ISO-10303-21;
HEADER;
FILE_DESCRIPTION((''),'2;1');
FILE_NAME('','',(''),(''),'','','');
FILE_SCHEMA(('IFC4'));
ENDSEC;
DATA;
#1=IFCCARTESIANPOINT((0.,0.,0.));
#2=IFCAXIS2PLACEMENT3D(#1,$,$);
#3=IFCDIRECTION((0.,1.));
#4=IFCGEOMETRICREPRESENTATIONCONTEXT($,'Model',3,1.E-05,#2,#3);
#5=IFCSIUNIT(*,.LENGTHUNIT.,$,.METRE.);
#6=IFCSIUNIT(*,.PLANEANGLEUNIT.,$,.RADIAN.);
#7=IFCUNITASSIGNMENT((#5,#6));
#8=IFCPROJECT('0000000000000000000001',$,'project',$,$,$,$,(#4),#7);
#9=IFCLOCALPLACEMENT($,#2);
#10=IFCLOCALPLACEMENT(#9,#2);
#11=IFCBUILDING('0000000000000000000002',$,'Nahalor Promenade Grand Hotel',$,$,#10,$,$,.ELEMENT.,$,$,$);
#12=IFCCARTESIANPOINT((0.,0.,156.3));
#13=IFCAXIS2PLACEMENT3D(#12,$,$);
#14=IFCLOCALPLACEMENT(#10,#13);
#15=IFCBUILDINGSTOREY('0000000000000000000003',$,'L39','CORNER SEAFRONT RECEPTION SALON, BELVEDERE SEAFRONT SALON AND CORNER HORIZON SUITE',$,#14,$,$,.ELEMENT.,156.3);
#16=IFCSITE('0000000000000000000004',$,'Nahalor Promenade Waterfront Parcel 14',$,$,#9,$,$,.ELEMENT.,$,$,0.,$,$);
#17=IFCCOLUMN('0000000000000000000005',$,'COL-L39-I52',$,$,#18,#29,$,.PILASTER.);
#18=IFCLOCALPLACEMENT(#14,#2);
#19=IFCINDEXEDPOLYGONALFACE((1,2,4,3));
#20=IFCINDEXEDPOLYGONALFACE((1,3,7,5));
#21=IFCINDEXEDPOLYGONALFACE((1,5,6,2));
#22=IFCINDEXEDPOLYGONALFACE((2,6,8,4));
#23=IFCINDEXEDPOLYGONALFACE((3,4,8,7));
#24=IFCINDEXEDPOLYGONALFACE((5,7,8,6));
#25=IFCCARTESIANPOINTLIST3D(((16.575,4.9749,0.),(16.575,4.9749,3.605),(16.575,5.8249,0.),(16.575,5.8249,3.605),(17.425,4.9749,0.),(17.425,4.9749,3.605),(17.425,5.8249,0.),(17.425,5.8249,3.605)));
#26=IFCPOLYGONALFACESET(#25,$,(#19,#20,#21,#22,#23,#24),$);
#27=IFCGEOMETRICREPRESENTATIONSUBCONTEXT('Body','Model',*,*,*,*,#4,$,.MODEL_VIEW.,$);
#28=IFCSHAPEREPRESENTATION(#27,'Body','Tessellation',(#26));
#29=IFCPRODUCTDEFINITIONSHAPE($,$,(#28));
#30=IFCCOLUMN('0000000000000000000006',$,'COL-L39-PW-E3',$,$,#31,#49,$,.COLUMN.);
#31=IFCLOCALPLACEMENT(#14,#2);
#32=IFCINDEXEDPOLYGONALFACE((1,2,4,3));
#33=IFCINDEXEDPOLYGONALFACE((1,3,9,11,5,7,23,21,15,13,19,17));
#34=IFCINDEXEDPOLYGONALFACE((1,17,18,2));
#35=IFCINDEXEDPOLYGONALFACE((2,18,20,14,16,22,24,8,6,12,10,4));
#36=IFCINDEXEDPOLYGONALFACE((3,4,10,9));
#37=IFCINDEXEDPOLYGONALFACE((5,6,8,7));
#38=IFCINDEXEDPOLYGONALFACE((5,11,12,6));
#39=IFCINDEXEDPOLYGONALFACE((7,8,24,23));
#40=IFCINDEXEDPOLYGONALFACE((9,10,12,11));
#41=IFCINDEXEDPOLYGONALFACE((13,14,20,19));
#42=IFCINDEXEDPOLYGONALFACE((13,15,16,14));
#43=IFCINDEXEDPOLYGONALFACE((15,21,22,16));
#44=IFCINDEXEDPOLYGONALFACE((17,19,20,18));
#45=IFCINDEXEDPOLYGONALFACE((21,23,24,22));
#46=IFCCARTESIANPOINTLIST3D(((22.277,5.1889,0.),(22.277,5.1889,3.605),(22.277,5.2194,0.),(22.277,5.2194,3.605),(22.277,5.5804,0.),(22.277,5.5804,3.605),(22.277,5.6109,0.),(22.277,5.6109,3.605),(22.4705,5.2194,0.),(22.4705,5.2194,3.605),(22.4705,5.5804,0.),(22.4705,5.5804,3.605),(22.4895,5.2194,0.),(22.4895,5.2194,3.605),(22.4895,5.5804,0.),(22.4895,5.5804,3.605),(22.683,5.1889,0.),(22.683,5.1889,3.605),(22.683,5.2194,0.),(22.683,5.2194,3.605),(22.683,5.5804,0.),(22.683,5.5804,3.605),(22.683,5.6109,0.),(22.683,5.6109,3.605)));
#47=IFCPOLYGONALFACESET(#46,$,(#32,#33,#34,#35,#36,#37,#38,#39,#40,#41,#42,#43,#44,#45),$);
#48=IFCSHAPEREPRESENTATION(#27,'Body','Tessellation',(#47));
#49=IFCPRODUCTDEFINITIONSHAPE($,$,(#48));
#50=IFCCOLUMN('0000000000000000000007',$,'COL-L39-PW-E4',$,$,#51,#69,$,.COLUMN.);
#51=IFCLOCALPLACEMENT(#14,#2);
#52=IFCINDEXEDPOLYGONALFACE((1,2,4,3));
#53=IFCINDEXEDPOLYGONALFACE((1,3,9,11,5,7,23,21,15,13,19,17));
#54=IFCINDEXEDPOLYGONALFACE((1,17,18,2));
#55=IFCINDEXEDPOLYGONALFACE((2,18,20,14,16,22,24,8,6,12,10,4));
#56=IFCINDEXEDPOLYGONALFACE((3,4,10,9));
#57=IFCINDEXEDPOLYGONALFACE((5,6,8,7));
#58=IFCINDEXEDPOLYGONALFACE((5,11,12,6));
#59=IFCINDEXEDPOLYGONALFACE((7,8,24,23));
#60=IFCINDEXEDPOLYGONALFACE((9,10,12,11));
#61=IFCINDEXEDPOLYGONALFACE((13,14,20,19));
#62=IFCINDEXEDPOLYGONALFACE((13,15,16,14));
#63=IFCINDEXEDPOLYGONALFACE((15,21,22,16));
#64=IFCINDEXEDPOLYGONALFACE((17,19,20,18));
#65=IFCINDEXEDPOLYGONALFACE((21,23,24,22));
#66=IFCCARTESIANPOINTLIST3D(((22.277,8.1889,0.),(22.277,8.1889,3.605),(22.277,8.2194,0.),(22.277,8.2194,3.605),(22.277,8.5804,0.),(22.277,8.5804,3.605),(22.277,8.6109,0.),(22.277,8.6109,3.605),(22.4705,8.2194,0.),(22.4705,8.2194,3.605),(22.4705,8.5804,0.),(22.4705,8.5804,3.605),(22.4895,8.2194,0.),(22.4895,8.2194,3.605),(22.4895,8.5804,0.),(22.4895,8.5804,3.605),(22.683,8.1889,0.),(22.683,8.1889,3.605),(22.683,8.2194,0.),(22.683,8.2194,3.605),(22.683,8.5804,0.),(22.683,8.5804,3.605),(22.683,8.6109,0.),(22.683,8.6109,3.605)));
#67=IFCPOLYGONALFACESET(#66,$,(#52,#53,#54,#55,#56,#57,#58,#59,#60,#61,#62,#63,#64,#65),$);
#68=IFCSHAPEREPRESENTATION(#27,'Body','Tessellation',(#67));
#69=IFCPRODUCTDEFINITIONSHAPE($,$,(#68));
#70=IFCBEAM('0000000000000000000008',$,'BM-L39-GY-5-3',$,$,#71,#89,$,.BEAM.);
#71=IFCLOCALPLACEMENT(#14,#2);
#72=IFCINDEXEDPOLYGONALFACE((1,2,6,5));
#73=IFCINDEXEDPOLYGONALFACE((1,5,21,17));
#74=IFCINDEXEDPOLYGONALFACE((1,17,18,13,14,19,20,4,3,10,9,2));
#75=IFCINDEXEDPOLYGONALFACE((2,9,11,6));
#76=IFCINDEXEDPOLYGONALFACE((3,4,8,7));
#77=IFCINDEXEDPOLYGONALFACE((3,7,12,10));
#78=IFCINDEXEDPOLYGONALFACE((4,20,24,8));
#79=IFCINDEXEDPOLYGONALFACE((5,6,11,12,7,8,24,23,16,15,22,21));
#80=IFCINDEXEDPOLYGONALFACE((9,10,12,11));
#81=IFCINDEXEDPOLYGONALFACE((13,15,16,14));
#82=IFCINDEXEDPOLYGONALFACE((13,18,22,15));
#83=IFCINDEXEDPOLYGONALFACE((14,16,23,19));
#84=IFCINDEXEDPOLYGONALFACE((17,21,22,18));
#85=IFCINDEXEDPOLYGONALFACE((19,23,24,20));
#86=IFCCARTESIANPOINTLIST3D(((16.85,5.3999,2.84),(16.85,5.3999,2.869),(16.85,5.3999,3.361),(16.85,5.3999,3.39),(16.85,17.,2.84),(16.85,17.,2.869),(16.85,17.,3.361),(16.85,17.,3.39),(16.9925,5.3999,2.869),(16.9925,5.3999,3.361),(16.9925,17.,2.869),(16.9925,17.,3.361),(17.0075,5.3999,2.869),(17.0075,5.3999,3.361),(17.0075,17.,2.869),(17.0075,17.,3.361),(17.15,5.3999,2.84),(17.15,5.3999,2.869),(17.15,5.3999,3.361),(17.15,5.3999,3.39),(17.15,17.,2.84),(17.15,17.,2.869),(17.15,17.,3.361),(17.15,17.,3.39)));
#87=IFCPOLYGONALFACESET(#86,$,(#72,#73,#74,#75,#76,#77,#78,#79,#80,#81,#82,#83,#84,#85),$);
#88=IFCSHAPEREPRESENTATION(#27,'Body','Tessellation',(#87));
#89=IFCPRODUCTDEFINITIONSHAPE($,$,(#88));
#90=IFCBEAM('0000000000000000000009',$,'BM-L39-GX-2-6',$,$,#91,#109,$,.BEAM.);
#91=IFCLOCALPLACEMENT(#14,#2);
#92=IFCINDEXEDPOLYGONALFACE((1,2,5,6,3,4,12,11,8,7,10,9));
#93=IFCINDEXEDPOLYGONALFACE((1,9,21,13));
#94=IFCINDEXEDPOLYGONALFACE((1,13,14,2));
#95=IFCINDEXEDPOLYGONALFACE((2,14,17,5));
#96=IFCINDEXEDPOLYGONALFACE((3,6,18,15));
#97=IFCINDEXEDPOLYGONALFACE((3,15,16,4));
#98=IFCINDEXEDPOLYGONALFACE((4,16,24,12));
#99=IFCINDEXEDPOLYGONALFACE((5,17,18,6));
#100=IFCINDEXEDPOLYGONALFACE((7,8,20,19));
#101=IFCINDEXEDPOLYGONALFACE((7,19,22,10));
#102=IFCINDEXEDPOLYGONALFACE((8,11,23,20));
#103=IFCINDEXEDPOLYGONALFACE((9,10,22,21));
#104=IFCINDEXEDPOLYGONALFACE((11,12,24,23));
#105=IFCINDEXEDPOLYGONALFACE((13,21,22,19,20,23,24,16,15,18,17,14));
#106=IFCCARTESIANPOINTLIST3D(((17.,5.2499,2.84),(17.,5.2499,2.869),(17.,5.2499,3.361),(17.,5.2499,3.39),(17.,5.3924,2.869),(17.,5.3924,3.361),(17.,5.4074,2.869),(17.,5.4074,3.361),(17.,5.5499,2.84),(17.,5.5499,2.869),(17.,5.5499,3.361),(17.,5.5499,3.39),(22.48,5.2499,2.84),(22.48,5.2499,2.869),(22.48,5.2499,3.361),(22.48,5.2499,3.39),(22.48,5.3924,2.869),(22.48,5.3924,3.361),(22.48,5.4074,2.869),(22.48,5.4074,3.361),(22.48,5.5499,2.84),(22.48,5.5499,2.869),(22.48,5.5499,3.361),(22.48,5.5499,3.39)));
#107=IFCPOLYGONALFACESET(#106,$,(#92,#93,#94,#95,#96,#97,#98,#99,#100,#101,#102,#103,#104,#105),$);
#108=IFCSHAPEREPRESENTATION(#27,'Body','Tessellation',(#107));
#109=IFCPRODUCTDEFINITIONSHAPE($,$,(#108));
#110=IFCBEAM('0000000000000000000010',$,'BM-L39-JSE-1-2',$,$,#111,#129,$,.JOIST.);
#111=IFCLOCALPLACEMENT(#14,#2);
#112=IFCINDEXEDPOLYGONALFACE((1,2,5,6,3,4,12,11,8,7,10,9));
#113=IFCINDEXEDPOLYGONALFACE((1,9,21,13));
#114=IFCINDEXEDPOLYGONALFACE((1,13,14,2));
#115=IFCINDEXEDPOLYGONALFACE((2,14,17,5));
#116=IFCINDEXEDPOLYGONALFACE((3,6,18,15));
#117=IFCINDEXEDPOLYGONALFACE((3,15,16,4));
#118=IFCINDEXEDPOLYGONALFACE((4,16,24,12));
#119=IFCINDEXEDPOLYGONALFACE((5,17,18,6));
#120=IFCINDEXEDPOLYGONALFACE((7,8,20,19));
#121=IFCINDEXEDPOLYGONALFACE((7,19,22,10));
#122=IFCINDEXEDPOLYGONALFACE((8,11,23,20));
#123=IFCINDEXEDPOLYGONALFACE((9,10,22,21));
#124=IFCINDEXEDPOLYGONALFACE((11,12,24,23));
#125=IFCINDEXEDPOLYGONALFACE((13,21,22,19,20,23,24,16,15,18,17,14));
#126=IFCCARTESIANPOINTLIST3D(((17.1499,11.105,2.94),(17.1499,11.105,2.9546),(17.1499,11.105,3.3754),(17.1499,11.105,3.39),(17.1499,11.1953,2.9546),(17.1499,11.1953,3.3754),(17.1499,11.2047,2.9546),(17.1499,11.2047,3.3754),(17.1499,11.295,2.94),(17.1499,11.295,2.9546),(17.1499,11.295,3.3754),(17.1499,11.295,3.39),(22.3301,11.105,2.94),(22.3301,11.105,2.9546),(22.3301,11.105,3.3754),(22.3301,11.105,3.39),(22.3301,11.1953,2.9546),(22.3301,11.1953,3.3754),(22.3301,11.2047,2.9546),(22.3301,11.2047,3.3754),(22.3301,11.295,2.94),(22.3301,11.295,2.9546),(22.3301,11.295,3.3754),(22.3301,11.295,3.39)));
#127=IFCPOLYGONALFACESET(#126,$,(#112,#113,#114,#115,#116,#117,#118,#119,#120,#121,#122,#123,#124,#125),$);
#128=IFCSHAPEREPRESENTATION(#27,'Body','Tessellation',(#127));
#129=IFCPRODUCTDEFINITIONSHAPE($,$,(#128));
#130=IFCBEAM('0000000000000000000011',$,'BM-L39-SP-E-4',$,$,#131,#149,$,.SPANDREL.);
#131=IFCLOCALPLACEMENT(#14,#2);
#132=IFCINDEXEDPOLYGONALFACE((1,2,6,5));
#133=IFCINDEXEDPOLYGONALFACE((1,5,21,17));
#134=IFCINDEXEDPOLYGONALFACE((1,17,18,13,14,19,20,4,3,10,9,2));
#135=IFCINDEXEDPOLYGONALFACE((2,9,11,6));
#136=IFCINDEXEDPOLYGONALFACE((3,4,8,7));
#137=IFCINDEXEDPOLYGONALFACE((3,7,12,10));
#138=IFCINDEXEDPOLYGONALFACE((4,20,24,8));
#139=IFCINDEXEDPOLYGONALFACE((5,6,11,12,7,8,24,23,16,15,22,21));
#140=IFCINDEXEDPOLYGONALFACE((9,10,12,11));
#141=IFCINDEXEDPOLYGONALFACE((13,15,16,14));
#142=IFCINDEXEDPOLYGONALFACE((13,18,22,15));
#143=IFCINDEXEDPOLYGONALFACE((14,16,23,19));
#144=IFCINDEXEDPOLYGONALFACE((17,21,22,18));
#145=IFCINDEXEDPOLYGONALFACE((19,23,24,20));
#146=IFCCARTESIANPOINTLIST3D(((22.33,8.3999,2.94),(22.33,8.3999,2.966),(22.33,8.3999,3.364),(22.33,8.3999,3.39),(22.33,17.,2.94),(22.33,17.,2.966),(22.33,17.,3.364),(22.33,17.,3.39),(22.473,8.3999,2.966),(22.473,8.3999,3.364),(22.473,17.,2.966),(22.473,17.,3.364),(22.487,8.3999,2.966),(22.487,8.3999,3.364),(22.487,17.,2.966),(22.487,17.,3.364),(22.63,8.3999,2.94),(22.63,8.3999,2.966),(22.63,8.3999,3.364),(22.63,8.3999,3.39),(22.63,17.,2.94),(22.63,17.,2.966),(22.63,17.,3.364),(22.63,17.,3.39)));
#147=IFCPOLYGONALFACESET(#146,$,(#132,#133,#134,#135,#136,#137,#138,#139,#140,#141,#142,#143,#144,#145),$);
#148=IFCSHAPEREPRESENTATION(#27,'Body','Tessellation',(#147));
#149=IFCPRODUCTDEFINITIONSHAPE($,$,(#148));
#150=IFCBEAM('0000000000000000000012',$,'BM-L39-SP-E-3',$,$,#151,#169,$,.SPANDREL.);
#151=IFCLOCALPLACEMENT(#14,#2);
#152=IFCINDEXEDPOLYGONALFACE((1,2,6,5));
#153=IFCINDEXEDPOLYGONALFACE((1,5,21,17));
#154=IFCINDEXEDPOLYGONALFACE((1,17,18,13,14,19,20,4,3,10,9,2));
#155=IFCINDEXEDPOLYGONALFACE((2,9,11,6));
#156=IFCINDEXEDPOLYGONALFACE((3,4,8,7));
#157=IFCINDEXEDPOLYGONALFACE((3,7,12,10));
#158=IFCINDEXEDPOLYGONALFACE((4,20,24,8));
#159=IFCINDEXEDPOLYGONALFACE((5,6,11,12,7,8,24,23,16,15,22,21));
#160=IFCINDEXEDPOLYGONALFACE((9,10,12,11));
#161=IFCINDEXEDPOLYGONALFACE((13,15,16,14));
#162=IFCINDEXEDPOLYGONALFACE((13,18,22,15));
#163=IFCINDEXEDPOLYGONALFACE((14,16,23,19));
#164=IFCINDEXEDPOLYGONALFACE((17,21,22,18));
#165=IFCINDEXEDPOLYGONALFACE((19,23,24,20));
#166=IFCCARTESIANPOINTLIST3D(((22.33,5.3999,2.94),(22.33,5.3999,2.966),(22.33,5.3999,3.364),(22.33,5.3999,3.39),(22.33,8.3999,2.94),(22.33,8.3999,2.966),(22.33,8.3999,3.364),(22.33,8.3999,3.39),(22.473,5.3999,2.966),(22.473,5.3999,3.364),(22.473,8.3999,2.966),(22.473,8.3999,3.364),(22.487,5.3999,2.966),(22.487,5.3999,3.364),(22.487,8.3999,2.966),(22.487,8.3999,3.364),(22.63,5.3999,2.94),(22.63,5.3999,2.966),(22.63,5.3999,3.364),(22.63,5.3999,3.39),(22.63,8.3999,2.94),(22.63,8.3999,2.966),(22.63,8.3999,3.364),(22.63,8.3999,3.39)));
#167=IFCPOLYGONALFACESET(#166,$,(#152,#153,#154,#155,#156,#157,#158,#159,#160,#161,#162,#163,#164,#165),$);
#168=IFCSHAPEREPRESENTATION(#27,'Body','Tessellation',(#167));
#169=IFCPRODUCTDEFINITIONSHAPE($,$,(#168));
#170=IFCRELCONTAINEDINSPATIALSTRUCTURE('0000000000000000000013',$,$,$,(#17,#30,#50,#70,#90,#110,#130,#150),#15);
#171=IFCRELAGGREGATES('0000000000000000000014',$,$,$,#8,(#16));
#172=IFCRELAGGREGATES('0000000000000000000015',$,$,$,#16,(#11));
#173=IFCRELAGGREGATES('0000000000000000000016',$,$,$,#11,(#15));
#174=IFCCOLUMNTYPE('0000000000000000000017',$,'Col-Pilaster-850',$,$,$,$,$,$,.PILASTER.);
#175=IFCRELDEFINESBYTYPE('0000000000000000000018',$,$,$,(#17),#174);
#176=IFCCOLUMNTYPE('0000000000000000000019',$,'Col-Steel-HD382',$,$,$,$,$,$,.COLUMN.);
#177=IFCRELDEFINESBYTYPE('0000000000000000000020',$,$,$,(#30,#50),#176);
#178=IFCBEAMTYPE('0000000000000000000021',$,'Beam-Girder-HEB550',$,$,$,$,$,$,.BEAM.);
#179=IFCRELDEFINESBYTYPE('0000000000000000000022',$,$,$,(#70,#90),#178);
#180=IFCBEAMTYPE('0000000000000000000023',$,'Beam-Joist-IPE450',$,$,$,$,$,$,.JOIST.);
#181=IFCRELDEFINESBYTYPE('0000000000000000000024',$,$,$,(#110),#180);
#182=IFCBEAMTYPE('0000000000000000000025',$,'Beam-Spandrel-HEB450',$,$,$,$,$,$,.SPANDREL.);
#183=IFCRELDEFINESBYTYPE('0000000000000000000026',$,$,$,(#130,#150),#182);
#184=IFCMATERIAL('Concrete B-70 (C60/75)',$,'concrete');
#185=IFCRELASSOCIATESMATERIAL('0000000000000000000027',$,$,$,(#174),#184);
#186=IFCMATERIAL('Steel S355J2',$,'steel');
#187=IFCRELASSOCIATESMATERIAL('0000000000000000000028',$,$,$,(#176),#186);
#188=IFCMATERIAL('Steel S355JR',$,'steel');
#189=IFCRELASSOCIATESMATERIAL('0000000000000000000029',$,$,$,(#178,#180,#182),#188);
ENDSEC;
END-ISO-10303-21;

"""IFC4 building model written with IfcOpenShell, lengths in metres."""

from ifc_helpers import new_model, si_unit, direction, frame, origin, origin_2d, place, context, subcontext, project, spatial, rectangle, i_section, extrude, source, transform, mapped, material, material_profile, profile_set, type_object, element, save


model = new_model("IFC4")

# Units and contexts
model_context = context("Model", 3, precision=1e-05, world=origin(), true_north=direction((0.0, 1.0)))
body_context = subcontext(model_context, "Body", "Model", "MODEL_VIEW")
ifc_project = project(units=[si_unit("LENGTHUNIT", "METRE"), si_unit("PLANEANGLEUNIT", "RADIAN")], contexts=[model_context])

# Site, building, storey
site_placement = place(None, origin())
site = spatial("IfcSite", under=ifc_project, at=site_placement, Name="Nahalor Promenade Waterfront Parcel 14", CompositionType="ELEMENT", RefElevation=0.0)
building_placement = place(site_placement, origin())
building = spatial("IfcBuilding", under=site, at=building_placement, Name="Nahalor Promenade Grand Hotel", CompositionType="ELEMENT")
storey_placement = place(building_placement, frame((0.0, 0.0, 156.3)))
storey = spatial("IfcBuildingStorey", under=building, at=storey_placement, Name="L39", Description="CORNER SEAFRONT RECEPTION SALON, BELVEDERE SEAFRONT SALON AND CORNER HORIZON SUITE", CompositionType="ELEMENT", Elevation=156.3)

# Columns
ifc_material_1 = material(Name="Concrete B-70 (C60/75)", Category="concrete")
ifc_material_profile_1 = material_profile(ifc_material_1, rectangle(XDim=0.85, YDim=0.85, at=origin_2d()), Name="RC 850x850")
ifc_profile_set_1 = profile_set([ifc_material_profile_1], Name="Concrete B-70 (C60/75)")
column_type_1 = type_object("IfcColumnType", Name="Col-Pilaster-850", PredefinedType="PILASTER", material=ifc_profile_set_1)
shared_shape_1 = source(origin(), body_context, "Body", "SweptSolid", [
    extrude(rectangle(XDim=0.85, YDim=0.85, at=origin_2d()), origin(), (0.0, 0.0, 1.0), 3.605),
])
column_placement = place(storey_placement, frame((17.0, 5.3999, 0.0), z_axis=(0.0, 0.0, 1.0), x_axis=(1.0, 0.0, 0.0)))
element("IfcColumn", 1, at=column_placement, inside=storey, type_object=column_type_1, Name="COL-L39-I52", PredefinedType="PILASTER", context=body_context, shape_type="MappedRepresentation", body=[
    mapped(shared_shape_1, transform((0.0, 0.0, 0.0), scale=1.0)),
])
ifc_material_2 = material(Name="Steel S355J2", Category="steel")
ifc_material_profile_2 = material_profile(ifc_material_2, i_section(OverallWidth=0.406, OverallDepth=0.422, WebThickness=0.019, FlangeThickness=0.0305, at=origin_2d()), Name="HD 400x382")
ifc_profile_set_2 = profile_set([ifc_material_profile_2], Name="Steel S355J2")
column_type_2 = type_object("IfcColumnType", Name="Col-Steel-HD382", PredefinedType="COLUMN", material=ifc_profile_set_2)
shared_shape_2 = source(origin(), body_context, "Body", "SweptSolid", [
    extrude(i_section(OverallWidth=0.406, OverallDepth=0.422, WebThickness=0.019, FlangeThickness=0.0305, at=origin_2d()), origin(), (0.0, 0.0, 1.0), 3.605),
])
for number, where, z_axis, x_axis, name in (
    (2, (22.48, 5.3999, 0.0), (0.0, 0.0, 1.0), (1.0, 0.0, 0.0), "COL-L39-PW-E3"),
    (3, (22.48, 8.3999, 0.0), (0.0, 0.0, 1.0), (1.0, 0.0, 0.0), "COL-L39-PW-E4"),
):
    element("IfcColumn", number, at=place(storey_placement, frame(where, z_axis=z_axis, x_axis=x_axis)), inside=storey, type_object=column_type_2, Name=name, PredefinedType="COLUMN", context=body_context, shape_type="MappedRepresentation", body=[
        mapped(shared_shape_2, transform((0.0, 0.0, 0.0), scale=1.0)),
    ])

# Beams
ifc_material_3 = material(Name="Steel S355JR", Category="steel")
ifc_material_profile_3 = material_profile(ifc_material_3, i_section(OverallWidth=0.3, OverallDepth=0.55, WebThickness=0.015, FlangeThickness=0.029, at=origin_2d()), Name="HEB 550")
ifc_profile_set_3 = profile_set([ifc_material_profile_3], Name="Steel S355JR")
beam_type_1 = type_object("IfcBeamType", Name="Beam-Girder-HEB550", PredefinedType="BEAM", material=ifc_profile_set_3)
shared_shape_3 = source(origin(), body_context, "Body", "SweptSolid", [
    extrude(i_section(OverallWidth=0.3, OverallDepth=0.55, WebThickness=0.015, FlangeThickness=0.029, at=origin_2d()), origin(), (0.0, 0.0, 1.0), 11.6001),
])
beam_1_placement = place(storey_placement, frame((17.0, 5.3999, 3.115), z_axis=(0.0, 1.0, 0.0), x_axis=(-1.0, 0.0, 0.0)))
element("IfcBeam", 4, at=beam_1_placement, inside=storey, type_object=beam_type_1, Name="BM-L39-GY-5-3", PredefinedType="BEAM", context=body_context, shape_type="MappedRepresentation", body=[
    mapped(shared_shape_3, transform((0.0, 0.0, 0.0), scale=1.0)),
])
shared_shape_4 = source(origin(), body_context, "Body", "SweptSolid", [
    extrude(i_section(OverallWidth=0.3, OverallDepth=0.55, WebThickness=0.015, FlangeThickness=0.029, at=origin_2d()), origin(), (0.0, 0.0, 1.0), 5.48),
])
beam_2_placement = place(storey_placement, frame((17.0, 5.3999, 3.115), z_axis=(1.0, 0.0, 0.0), x_axis=(0.0, 1.0, 0.0)))
element("IfcBeam", 5, at=beam_2_placement, inside=storey, type_object=beam_type_1, Name="BM-L39-GX-2-6", PredefinedType="BEAM", context=body_context, shape_type="MappedRepresentation", body=[
    mapped(shared_shape_4, transform((0.0, 0.0, 0.0), scale=1.0)),
])
ifc_material_profile_4 = material_profile(ifc_material_3, i_section(OverallWidth=0.19, OverallDepth=0.45, WebThickness=0.0094, FlangeThickness=0.0146, at=origin_2d()), Name="IPE 450")
ifc_profile_set_4 = profile_set([ifc_material_profile_4], Name="Steel S355JR")
beam_type_2 = type_object("IfcBeamType", Name="Beam-Joist-IPE450", PredefinedType="JOIST", material=ifc_profile_set_4)
shared_shape_5 = source(origin(), body_context, "Body", "SweptSolid", [
    extrude(i_section(OverallWidth=0.19, OverallDepth=0.45, WebThickness=0.0094, FlangeThickness=0.0146, at=origin_2d()), origin(), (0.0, 0.0, 1.0), 5.1802),
])
beam_3_placement = place(storey_placement, frame((17.1499, 11.2, 3.165), z_axis=(1.0, 0.0, 0.0), x_axis=(0.0, 1.0, 0.0)))
element("IfcBeam", 6, at=beam_3_placement, inside=storey, type_object=beam_type_2, Name="BM-L39-JSE-1-2", PredefinedType="JOIST", context=body_context, shape_type="MappedRepresentation", body=[
    mapped(shared_shape_5, transform((0.0, 0.0, 0.0), scale=1.0)),
])
ifc_material_profile_5 = material_profile(ifc_material_3, i_section(OverallWidth=0.3, OverallDepth=0.45, WebThickness=0.014, FlangeThickness=0.026, at=origin_2d()), Name="HEB 450")
ifc_profile_set_5 = profile_set([ifc_material_profile_5], Name="Steel S355JR")
beam_type_3 = type_object("IfcBeamType", Name="Beam-Spandrel-HEB450", PredefinedType="SPANDREL", material=ifc_profile_set_5)
shared_shape_6 = source(origin(), body_context, "Body", "SweptSolid", [
    extrude(i_section(OverallWidth=0.3, OverallDepth=0.45, WebThickness=0.014, FlangeThickness=0.026, at=origin_2d()), origin(), (0.0, 0.0, 1.0), 8.6001),
])
beam_4_placement = place(storey_placement, frame((22.48, 8.3999, 3.165), z_axis=(0.0, 1.0, 0.0), x_axis=(-1.0, 0.0, 0.0)))
element("IfcBeam", 7, at=beam_4_placement, inside=storey, type_object=beam_type_3, Name="BM-L39-SP-E-4", PredefinedType="SPANDREL", context=body_context, shape_type="MappedRepresentation", body=[
    mapped(shared_shape_6, transform((0.0, 0.0, 0.0), scale=1.0)),
])
shared_shape_7 = source(origin(), body_context, "Body", "SweptSolid", [
    extrude(i_section(OverallWidth=0.3, OverallDepth=0.45, WebThickness=0.014, FlangeThickness=0.026, at=origin_2d()), origin(), (0.0, 0.0, 1.0), 3.0),
])
beam_5_placement = place(storey_placement, frame((22.48, 5.3999, 3.165), z_axis=(0.0, 1.0, 0.0), x_axis=(-1.0, 0.0, 0.0)))
element("IfcBeam", 8, at=beam_5_placement, inside=storey, type_object=beam_type_3, Name="BM-L39-SP-E-3", PredefinedType="SPANDREL", context=body_context, shape_type="MappedRepresentation", body=[
    mapped(shared_shape_7, transform((0.0, 0.0, 0.0), scale=1.0)),
])

save(model, "model.ifc")
